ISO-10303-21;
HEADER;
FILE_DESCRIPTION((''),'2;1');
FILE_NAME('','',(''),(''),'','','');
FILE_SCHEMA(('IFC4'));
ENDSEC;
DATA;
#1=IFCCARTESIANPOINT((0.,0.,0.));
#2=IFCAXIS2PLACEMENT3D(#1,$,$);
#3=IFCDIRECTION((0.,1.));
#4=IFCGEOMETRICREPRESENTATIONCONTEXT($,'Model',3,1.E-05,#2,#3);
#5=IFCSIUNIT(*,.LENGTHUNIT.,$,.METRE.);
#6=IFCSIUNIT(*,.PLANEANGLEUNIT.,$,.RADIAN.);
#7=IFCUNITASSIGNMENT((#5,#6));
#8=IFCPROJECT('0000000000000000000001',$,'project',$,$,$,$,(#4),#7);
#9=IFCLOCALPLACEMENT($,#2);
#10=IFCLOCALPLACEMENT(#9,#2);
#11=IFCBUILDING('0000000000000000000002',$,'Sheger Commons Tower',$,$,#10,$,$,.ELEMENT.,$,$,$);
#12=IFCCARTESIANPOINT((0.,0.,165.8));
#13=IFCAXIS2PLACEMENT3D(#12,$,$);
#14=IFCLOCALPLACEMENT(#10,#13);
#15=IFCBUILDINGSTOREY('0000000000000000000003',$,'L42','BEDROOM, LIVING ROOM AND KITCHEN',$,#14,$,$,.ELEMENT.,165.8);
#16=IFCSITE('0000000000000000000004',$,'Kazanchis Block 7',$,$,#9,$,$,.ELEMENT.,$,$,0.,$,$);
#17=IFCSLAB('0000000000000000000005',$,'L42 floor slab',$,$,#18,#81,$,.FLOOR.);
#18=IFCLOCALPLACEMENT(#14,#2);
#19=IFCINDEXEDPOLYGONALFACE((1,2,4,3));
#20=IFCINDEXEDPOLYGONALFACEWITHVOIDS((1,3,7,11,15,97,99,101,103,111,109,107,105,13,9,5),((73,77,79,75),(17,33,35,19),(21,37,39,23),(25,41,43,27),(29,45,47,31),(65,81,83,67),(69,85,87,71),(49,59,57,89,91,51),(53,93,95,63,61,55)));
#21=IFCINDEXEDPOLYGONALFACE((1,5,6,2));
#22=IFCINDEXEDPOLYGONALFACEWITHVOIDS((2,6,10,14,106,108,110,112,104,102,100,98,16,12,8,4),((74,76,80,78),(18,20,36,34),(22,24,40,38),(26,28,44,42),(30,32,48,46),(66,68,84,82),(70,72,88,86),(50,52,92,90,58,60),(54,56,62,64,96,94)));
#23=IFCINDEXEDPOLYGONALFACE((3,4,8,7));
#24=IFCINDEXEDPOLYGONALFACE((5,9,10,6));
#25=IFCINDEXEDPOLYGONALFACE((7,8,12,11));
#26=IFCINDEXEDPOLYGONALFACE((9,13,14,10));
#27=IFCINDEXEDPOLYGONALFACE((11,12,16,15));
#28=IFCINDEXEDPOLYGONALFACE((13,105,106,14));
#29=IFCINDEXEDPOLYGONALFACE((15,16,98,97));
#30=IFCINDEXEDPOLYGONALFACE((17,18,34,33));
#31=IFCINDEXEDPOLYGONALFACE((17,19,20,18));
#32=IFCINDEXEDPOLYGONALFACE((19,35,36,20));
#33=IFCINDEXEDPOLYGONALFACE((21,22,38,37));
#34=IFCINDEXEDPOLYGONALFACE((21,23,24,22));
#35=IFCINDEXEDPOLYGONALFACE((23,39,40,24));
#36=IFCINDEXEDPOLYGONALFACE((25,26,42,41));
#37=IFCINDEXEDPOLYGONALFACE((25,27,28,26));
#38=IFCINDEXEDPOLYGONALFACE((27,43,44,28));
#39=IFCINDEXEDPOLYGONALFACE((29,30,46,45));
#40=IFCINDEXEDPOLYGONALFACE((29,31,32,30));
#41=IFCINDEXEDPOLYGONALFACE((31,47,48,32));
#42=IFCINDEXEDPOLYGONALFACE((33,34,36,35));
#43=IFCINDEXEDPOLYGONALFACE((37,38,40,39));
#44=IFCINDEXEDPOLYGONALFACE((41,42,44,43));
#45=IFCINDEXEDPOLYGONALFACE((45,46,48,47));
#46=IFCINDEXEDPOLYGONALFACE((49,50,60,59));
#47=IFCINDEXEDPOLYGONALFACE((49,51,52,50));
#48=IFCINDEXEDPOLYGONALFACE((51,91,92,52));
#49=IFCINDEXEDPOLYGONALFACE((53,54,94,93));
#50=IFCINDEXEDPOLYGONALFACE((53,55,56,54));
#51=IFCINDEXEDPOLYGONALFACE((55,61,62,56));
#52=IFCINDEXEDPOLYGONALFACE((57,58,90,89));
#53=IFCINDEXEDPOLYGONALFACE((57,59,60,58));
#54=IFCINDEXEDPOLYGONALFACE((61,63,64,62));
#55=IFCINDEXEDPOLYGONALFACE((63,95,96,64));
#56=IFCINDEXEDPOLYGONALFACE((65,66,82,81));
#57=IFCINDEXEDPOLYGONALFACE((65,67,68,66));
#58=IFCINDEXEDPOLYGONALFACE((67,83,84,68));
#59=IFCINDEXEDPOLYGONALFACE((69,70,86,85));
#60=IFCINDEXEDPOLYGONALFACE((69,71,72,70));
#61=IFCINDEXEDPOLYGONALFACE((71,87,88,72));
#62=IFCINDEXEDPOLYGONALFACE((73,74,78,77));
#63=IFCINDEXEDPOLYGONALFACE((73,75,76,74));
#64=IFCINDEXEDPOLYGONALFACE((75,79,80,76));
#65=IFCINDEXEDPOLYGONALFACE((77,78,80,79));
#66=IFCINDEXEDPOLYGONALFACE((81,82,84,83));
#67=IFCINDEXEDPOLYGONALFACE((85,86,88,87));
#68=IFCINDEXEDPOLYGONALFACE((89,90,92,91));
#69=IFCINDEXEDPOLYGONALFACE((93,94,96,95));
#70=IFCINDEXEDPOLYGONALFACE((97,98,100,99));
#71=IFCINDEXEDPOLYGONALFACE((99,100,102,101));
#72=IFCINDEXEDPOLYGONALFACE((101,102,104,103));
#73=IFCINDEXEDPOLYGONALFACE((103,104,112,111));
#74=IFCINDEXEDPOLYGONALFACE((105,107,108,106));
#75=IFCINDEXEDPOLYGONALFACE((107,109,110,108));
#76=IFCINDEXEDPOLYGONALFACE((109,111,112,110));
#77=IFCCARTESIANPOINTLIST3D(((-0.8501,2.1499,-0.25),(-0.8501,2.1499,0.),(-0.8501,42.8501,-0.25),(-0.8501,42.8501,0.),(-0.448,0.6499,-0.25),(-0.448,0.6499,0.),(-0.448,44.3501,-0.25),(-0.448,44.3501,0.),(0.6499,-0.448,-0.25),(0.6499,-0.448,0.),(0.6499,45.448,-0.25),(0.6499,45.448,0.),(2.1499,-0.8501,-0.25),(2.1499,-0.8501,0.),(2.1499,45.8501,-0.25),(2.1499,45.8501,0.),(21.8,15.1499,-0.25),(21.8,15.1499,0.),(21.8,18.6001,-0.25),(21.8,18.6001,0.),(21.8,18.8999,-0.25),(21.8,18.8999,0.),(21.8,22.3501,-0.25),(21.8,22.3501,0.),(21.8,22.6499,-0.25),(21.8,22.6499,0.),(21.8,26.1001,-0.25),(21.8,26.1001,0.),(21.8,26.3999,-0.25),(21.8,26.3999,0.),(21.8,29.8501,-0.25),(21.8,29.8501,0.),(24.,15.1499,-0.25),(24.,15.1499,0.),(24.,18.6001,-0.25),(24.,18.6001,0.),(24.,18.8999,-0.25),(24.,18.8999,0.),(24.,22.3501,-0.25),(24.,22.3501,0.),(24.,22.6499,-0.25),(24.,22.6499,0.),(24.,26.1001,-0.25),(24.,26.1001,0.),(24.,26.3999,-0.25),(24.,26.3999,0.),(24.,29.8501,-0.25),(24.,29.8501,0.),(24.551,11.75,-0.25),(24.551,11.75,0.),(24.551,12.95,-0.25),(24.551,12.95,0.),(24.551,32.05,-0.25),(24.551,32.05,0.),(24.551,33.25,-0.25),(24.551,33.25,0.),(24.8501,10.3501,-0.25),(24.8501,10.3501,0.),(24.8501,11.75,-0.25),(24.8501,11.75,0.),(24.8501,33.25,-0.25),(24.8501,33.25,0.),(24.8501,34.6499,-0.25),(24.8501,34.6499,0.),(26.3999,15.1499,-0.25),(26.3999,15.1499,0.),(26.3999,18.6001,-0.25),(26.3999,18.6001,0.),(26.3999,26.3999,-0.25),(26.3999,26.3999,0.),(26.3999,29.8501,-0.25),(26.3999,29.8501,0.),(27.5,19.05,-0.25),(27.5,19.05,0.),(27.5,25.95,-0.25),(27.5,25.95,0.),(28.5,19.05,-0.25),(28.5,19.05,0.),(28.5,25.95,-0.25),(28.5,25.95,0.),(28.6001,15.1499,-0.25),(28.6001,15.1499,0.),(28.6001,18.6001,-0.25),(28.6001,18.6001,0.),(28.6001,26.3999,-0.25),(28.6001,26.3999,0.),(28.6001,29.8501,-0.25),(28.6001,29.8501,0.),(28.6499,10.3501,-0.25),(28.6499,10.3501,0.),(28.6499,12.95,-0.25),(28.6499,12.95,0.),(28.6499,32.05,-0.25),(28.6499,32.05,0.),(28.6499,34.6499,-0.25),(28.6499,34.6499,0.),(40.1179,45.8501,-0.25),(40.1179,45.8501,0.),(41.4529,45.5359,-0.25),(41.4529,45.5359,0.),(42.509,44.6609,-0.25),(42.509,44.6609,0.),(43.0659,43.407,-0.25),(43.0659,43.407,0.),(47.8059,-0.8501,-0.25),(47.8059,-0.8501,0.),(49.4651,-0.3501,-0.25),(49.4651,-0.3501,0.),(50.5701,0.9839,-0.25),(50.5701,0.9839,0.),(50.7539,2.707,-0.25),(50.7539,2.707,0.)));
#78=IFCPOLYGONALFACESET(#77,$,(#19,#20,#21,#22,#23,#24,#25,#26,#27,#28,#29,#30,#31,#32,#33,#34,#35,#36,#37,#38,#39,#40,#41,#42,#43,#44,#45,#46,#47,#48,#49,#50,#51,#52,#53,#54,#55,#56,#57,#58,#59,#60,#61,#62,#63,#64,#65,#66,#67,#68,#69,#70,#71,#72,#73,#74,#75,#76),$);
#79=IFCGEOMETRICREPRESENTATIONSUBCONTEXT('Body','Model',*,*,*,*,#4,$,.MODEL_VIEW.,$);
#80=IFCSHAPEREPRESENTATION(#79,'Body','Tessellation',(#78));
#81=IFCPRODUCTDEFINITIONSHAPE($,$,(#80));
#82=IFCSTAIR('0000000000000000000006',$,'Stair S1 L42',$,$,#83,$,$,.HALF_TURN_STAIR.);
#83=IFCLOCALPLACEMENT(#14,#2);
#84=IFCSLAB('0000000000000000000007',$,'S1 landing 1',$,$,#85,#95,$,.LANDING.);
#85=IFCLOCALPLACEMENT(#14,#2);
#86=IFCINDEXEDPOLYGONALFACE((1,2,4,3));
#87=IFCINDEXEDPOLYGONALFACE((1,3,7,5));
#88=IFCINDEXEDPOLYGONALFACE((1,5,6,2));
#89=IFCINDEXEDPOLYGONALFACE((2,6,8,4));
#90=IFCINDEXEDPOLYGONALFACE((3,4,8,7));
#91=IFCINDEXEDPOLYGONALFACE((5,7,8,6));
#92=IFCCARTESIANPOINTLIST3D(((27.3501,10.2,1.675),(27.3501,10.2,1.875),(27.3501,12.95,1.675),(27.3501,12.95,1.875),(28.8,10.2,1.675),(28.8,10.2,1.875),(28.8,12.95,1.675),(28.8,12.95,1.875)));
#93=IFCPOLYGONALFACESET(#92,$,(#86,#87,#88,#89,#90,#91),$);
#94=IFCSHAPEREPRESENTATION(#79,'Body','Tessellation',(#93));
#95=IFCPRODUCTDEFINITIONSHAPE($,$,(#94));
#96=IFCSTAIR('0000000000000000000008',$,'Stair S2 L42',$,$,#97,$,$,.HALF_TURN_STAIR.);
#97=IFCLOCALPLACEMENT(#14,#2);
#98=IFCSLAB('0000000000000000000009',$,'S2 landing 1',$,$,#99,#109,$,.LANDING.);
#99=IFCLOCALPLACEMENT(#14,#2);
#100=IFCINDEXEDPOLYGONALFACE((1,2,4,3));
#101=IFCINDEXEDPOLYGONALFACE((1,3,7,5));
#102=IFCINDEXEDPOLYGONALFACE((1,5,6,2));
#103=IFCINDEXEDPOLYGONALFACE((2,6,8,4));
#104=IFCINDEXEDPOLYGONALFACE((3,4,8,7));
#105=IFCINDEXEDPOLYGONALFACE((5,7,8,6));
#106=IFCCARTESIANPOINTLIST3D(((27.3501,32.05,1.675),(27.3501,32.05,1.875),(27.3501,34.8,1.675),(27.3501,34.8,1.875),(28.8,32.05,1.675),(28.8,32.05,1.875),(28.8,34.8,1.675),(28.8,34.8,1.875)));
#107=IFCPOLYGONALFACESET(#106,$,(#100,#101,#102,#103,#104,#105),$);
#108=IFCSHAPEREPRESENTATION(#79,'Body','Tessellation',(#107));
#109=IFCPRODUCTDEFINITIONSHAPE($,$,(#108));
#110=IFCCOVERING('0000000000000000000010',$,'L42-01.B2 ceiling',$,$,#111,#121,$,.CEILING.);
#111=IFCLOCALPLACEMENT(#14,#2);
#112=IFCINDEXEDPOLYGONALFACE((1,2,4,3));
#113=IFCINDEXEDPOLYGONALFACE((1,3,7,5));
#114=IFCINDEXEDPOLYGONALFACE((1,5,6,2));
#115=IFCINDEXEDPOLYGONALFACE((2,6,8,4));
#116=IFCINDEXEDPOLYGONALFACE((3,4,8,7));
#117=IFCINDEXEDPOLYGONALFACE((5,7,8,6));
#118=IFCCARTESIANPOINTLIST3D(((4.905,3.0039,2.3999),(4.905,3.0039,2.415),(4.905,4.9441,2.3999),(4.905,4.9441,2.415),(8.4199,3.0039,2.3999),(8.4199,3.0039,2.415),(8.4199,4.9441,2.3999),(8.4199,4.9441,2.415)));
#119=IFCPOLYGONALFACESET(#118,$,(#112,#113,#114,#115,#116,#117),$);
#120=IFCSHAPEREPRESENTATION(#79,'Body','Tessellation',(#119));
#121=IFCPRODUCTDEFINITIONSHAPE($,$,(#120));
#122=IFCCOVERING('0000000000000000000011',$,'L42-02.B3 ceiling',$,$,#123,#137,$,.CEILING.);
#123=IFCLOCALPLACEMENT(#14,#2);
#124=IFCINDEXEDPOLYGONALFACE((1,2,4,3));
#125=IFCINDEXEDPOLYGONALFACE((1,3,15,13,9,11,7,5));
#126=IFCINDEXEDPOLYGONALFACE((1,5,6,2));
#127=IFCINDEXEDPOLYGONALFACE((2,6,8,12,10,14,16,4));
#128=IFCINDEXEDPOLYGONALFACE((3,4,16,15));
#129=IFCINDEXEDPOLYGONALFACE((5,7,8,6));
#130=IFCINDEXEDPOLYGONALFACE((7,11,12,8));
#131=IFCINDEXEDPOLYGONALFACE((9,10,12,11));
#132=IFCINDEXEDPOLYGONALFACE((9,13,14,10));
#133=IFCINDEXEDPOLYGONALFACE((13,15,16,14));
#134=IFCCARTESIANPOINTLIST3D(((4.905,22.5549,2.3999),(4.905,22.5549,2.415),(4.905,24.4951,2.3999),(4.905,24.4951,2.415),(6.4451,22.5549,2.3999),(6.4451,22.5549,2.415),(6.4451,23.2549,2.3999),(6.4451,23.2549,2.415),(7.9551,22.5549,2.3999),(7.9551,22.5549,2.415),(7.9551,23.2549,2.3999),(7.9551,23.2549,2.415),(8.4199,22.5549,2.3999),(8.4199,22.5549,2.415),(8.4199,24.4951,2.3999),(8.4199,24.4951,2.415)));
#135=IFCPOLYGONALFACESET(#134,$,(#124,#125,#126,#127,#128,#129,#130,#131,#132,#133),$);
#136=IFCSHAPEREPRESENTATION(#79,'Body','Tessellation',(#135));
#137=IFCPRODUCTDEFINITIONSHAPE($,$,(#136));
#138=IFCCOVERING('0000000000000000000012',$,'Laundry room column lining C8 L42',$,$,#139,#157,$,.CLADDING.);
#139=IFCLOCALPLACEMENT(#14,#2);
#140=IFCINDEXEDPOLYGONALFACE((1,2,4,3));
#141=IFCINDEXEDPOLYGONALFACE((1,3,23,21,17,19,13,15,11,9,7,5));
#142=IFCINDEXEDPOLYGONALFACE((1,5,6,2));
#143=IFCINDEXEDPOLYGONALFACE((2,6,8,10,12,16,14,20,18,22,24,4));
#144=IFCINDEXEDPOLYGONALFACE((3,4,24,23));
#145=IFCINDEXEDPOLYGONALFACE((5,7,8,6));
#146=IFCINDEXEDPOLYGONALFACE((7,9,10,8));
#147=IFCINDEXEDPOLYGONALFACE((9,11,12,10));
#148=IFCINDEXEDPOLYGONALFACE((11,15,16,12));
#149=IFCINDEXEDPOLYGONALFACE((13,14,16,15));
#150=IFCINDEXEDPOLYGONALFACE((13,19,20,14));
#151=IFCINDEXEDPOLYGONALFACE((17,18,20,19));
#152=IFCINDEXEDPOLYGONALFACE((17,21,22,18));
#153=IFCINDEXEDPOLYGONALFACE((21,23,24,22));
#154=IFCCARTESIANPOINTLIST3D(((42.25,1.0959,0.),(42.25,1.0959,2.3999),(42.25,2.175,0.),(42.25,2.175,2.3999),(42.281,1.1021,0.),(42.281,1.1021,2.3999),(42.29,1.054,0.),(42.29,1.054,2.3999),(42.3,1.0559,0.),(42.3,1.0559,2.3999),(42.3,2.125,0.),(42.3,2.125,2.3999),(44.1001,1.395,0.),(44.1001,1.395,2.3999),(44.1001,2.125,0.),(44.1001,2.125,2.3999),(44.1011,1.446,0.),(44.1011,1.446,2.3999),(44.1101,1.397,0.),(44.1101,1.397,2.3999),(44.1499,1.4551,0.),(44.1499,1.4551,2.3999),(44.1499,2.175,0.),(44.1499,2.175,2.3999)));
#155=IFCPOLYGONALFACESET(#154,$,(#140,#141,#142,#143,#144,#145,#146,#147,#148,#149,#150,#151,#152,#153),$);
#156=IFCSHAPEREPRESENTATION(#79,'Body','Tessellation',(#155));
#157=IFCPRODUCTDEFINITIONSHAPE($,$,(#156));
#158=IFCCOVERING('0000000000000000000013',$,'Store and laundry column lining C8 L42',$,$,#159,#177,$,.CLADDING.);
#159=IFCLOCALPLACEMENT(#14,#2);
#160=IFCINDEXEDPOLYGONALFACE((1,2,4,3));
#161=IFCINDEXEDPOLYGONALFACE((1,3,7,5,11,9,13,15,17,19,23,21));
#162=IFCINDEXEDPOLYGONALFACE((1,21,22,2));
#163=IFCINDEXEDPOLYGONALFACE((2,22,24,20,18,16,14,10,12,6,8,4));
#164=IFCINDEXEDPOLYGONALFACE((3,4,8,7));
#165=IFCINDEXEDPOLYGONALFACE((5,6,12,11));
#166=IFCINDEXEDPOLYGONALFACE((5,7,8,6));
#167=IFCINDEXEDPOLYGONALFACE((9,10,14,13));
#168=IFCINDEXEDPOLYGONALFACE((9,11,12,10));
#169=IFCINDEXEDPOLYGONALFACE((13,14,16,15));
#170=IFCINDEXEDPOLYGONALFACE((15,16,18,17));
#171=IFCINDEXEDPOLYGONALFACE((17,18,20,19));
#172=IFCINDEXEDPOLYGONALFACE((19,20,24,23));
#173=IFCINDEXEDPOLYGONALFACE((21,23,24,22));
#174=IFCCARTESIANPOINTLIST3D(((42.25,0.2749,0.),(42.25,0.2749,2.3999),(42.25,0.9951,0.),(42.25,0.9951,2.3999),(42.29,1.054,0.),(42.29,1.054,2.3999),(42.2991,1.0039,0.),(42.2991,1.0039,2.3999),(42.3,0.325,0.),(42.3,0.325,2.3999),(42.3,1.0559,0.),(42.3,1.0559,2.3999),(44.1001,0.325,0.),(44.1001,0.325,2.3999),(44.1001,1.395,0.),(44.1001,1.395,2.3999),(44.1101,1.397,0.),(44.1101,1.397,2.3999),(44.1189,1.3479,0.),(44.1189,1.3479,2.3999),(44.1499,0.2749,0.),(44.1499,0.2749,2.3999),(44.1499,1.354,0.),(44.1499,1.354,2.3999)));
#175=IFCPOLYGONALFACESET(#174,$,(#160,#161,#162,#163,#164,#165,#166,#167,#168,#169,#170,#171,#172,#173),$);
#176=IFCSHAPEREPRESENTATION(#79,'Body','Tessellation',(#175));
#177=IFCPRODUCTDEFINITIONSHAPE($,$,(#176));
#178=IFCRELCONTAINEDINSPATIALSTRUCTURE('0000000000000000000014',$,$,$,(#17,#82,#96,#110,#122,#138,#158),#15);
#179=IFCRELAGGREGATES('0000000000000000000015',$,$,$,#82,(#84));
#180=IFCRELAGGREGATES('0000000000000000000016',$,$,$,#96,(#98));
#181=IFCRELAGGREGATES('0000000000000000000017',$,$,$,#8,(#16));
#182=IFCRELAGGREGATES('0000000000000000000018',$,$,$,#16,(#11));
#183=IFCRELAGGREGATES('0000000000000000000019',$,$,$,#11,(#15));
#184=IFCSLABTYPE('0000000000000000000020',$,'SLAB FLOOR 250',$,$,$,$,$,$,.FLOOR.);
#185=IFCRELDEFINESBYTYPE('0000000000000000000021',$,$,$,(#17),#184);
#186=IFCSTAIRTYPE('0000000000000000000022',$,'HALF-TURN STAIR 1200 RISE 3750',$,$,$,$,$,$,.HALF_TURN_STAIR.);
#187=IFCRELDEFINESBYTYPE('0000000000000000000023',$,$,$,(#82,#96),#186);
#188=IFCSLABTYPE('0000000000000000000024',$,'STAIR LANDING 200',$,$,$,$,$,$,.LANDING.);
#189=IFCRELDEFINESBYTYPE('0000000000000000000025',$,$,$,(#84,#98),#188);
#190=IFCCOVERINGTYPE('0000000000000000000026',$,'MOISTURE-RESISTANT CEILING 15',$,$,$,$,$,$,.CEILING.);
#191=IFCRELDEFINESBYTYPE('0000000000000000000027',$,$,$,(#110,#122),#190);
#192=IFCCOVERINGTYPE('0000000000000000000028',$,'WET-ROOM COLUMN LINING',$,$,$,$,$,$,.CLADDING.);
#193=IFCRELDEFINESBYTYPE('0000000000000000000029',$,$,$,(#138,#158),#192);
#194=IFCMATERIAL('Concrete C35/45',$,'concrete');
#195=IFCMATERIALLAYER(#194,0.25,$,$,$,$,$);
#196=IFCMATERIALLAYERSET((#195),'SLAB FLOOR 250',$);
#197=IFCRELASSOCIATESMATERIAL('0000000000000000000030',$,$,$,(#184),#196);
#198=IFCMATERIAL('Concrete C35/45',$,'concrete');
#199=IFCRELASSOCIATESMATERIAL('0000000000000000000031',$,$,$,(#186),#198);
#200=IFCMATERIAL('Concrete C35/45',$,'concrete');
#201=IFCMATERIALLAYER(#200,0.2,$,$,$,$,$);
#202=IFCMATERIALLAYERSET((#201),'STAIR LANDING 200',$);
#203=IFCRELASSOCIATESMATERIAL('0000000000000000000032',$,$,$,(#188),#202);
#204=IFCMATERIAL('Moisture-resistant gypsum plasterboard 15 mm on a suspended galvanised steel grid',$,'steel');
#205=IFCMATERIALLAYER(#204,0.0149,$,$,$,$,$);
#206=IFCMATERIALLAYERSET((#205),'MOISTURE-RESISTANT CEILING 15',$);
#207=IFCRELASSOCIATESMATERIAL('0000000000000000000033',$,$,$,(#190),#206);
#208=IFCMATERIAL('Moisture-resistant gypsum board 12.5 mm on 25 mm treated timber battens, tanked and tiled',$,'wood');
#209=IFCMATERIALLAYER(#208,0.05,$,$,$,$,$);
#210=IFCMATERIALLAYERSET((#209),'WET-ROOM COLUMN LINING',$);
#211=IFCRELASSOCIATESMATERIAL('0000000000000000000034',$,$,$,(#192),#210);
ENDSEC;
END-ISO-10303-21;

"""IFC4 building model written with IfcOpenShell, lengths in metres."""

from ifc_helpers import new_model, si_unit, direction, frame, origin, place, context, subcontext, project, spatial, polyline, outline, extrude, material, layer, layer_set, type_object, element, aggregate, save


model = new_model("IFC4")

# Units and contexts
model_context = context("Model", 3, precision=1e-05, world=origin(), true_north=direction((0.0, 1.0)))
body_context = subcontext(model_context, "Body", "Model", "MODEL_VIEW")
ifc_project = project(units=[si_unit("LENGTHUNIT", "METRE"), si_unit("PLANEANGLEUNIT", "RADIAN")], contexts=[model_context])

# Site, building, storey
site_placement = place(None, origin())
site = spatial("IfcSite", under=ifc_project, at=site_placement, Name="Kazanchis Block 7", CompositionType="ELEMENT", RefElevation=0.0)
building_placement = place(site_placement, origin())
building = spatial("IfcBuilding", under=site, at=building_placement, Name="Sheger Commons Tower", CompositionType="ELEMENT")
storey_placement = place(building_placement, frame((0.0, 0.0, 165.8)))
storey = spatial("IfcBuildingStorey", under=building, at=storey_placement, Name="L42", Description="BEDROOM, LIVING ROOM AND KITCHEN", CompositionType="ELEMENT", Elevation=165.8)

# Slab
ifc_material_1 = material(Name="Concrete C35/45", Category="concrete")
ifc_layer_1 = layer(ifc_material_1, 0.25)
ifc_layer_set_1 = layer_set([ifc_layer_1], Name="SLAB FLOOR 250")
slab_type_1 = type_object("IfcSlabType", Name="SLAB FLOOR 250", PredefinedType="FLOOR", material=ifc_layer_set_1)
slab_1_placement = place(storey_placement, frame((0.0, 0.0, -0.25)))
element("IfcSlab", 1, at=slab_1_placement, inside=storey, type_object=slab_type_1, Name="L42 floor slab", PredefinedType="FLOOR", context=body_context, shape_type="SweptSolid", body=[
    extrude(outline(polyline([(-0.8501, 2.1499), (-0.448, 0.6499), (0.6499, -0.448), (2.1499, -0.8501), (47.8059, -0.8501), (49.4651, -0.3501), (50.5701, 0.9839), (50.7539, 2.707), (43.0659, 43.407), (42.509, 44.6609), (41.4529, 45.5359), (40.1179, 45.8501), (2.1499, 45.8501), (0.6499, 45.448), (-0.448, 44.3501), (-0.8501, 42.8501), (-0.8501, 2.1499)]), holes=[polyline([(24.8501, 10.3501), (28.6499, 10.3501), (28.6499, 12.95), (24.551, 12.95), (24.551, 11.75), (24.8501, 11.75), (24.8501, 10.3501)]), polyline([(24.551, 32.05), (28.6499, 32.05), (28.6499, 34.6499), (24.8501, 34.6499), (24.8501, 33.25), (24.551, 33.25), (24.551, 32.05)]), polyline([(26.3999, 15.1499), (28.6001, 15.1499), (28.6001, 18.6001), (26.3999, 18.6001), (26.3999, 15.1499)]), polyline([(26.3999, 26.3999), (28.6001, 26.3999), (28.6001, 29.8501), (26.3999, 29.8501), (26.3999, 26.3999)]), polyline([(21.8, 15.1499), (24.0, 15.1499), (24.0, 18.6001), (21.8, 18.6001), (21.8, 15.1499)]), polyline([(21.8, 18.8999), (24.0, 18.8999), (24.0, 22.3501), (21.8, 22.3501), (21.8, 18.8999)]), polyline([(21.8, 22.6499), (24.0, 22.6499), (24.0, 26.1001), (21.8, 26.1001), (21.8, 22.6499)]), polyline([(21.8, 26.3999), (24.0, 26.3999), (24.0, 29.8501), (21.8, 29.8501), (21.8, 26.3999)]), polyline([(27.5, 19.05), (28.5, 19.05), (28.5, 25.95), (27.5, 25.95), (27.5, 19.05)])]), origin(), (0.0, 0.0, 1.0), 0.25),
])

# Stairs, slabs
ifc_material_2 = material(Name="Concrete C35/45", Category="concrete")
stair_type = type_object("IfcStairType", Name="HALF-TURN STAIR 1200 RISE 3750", PredefinedType="HALF_TURN_STAIR", material=ifc_material_2)
stair_1_placement = place(storey_placement, origin())
stair_1 = element("IfcStair", 2, at=stair_1_placement, inside=storey, type_object=stair_type, Name="Stair S1 L42", PredefinedType="HALF_TURN_STAIR")
ifc_material_3 = material(Name="Concrete C35/45", Category="concrete")
ifc_layer_2 = layer(ifc_material_3, 0.2)
ifc_layer_set_2 = layer_set([ifc_layer_2], Name="STAIR LANDING 200")
slab_type_2 = type_object("IfcSlabType", Name="STAIR LANDING 200", PredefinedType="LANDING", material=ifc_layer_set_2)
slab_2_placement = place(storey_placement, frame((0.0, 0.0, 1.675)))
slab_2 = element("IfcSlab", 3, at=slab_2_placement, type_object=slab_type_2, Name="S1 landing 1", PredefinedType="LANDING", context=body_context, shape_type="SweptSolid", body=[
    extrude(outline(polyline([(27.3501, 10.2), (28.8, 10.2), (28.8, 12.95), (27.3501, 12.95), (27.3501, 10.2)])), origin(), (0.0, 0.0, 1.0), 0.2),
])
aggregate(stair_1, [slab_2])
stair_2_placement = place(storey_placement, origin())
stair_2 = element("IfcStair", 4, at=stair_2_placement, inside=storey, type_object=stair_type, Name="Stair S2 L42", PredefinedType="HALF_TURN_STAIR")
slab_3_placement = place(storey_placement, frame((0.0, 0.0, 1.675)))
slab_3 = element("IfcSlab", 5, at=slab_3_placement, type_object=slab_type_2, Name="S2 landing 1", PredefinedType="LANDING", context=body_context, shape_type="SweptSolid", body=[
    extrude(outline(polyline([(27.3501, 32.05), (28.8, 32.05), (28.8, 34.8), (27.3501, 34.8), (27.3501, 32.05)])), origin(), (0.0, 0.0, 1.0), 0.2),
])
aggregate(stair_2, [slab_3])

# Coverings
ifc_material_4 = material(Name="Moisture-resistant gypsum plasterboard 15 mm on a suspended galvanised steel grid", Category="steel")
ifc_layer_3 = layer(ifc_material_4, 0.0149)
ifc_layer_set_3 = layer_set([ifc_layer_3], Name="MOISTURE-RESISTANT CEILING 15")
covering_type_1 = type_object("IfcCoveringType", Name="MOISTURE-RESISTANT CEILING 15", PredefinedType="CEILING", material=ifc_layer_set_3)
covering_1_placement = place(storey_placement, frame((0.0, 0.0, 2.3999)))
element("IfcCovering", 6, at=covering_1_placement, inside=storey, type_object=covering_type_1, Name="L42-01.B2 ceiling", PredefinedType="CEILING", context=body_context, shape_type="SweptSolid", body=[
    extrude(outline(polyline([(4.905, 3.0039), (8.4199, 3.0039), (8.4199, 4.9441), (4.905, 4.9441), (4.905, 3.0039)])), origin(), (0.0, 0.0, 1.0), 0.0151),
])
covering_2_placement = place(storey_placement, frame((0.0, 0.0, 2.3999)))
element("IfcCovering", 7, at=covering_2_placement, inside=storey, type_object=covering_type_1, Name="L42-02.B3 ceiling", PredefinedType="CEILING", context=body_context, shape_type="SweptSolid", body=[
    extrude(outline(polyline([(4.905, 22.5549), (6.4451, 22.5549), (6.4451, 23.2549), (7.9551, 23.2549), (7.9551, 22.5549), (8.4199, 22.5549), (8.4199, 24.4951), (4.905, 24.4951), (4.905, 22.5549)])), origin(), (0.0, 0.0, 1.0), 0.0151),
])
ifc_material_5 = material(Name="Moisture-resistant gypsum board 12.5 mm on 25 mm treated timber battens, tanked and tiled", Category="wood")
ifc_layer_4 = layer(ifc_material_5, 0.05)
ifc_layer_set_4 = layer_set([ifc_layer_4], Name="WET-ROOM COLUMN LINING")
covering_type_2 = type_object("IfcCoveringType", Name="WET-ROOM COLUMN LINING", PredefinedType="CLADDING", material=ifc_layer_set_4)
covering_3_placement = place(storey_placement, origin())
element("IfcCovering", 8, at=covering_3_placement, inside=storey, type_object=covering_type_2, Name="Laundry room column lining C8 L42", PredefinedType="CLADDING", context=body_context, shape_type="SweptSolid", body=[
    extrude(outline(polyline([(44.1499, 2.175), (44.1499, 1.4551), (44.1011, 1.446), (44.1101, 1.397), (44.1001, 1.395), (44.1001, 2.125), (42.3, 2.125), (42.3, 1.0559), (42.29, 1.054), (42.281, 1.1021), (42.25, 1.0959), (42.25, 2.175), (44.1499, 2.175)])), origin(), (0.0, 0.0, 1.0), 2.3999),
])
covering_4_placement = place(storey_placement, origin())
element("IfcCovering", 9, at=covering_4_placement, inside=storey, type_object=covering_type_2, Name="Store and laundry column lining C8 L42", PredefinedType="CLADDING", context=body_context, shape_type="SweptSolid", body=[
    extrude(outline(polyline([(42.3, 1.0559), (42.3, 0.325), (44.1001, 0.325), (44.1001, 1.395), (44.1101, 1.397), (44.1189, 1.3479), (44.1499, 1.354), (44.1499, 0.2749), (42.25, 0.2749), (42.25, 0.9951), (42.2991, 1.0039), (42.29, 1.054), (42.3, 1.0559)])), origin(), (0.0, 0.0, 1.0), 2.3999),
])

save(model, "model.ifc")
